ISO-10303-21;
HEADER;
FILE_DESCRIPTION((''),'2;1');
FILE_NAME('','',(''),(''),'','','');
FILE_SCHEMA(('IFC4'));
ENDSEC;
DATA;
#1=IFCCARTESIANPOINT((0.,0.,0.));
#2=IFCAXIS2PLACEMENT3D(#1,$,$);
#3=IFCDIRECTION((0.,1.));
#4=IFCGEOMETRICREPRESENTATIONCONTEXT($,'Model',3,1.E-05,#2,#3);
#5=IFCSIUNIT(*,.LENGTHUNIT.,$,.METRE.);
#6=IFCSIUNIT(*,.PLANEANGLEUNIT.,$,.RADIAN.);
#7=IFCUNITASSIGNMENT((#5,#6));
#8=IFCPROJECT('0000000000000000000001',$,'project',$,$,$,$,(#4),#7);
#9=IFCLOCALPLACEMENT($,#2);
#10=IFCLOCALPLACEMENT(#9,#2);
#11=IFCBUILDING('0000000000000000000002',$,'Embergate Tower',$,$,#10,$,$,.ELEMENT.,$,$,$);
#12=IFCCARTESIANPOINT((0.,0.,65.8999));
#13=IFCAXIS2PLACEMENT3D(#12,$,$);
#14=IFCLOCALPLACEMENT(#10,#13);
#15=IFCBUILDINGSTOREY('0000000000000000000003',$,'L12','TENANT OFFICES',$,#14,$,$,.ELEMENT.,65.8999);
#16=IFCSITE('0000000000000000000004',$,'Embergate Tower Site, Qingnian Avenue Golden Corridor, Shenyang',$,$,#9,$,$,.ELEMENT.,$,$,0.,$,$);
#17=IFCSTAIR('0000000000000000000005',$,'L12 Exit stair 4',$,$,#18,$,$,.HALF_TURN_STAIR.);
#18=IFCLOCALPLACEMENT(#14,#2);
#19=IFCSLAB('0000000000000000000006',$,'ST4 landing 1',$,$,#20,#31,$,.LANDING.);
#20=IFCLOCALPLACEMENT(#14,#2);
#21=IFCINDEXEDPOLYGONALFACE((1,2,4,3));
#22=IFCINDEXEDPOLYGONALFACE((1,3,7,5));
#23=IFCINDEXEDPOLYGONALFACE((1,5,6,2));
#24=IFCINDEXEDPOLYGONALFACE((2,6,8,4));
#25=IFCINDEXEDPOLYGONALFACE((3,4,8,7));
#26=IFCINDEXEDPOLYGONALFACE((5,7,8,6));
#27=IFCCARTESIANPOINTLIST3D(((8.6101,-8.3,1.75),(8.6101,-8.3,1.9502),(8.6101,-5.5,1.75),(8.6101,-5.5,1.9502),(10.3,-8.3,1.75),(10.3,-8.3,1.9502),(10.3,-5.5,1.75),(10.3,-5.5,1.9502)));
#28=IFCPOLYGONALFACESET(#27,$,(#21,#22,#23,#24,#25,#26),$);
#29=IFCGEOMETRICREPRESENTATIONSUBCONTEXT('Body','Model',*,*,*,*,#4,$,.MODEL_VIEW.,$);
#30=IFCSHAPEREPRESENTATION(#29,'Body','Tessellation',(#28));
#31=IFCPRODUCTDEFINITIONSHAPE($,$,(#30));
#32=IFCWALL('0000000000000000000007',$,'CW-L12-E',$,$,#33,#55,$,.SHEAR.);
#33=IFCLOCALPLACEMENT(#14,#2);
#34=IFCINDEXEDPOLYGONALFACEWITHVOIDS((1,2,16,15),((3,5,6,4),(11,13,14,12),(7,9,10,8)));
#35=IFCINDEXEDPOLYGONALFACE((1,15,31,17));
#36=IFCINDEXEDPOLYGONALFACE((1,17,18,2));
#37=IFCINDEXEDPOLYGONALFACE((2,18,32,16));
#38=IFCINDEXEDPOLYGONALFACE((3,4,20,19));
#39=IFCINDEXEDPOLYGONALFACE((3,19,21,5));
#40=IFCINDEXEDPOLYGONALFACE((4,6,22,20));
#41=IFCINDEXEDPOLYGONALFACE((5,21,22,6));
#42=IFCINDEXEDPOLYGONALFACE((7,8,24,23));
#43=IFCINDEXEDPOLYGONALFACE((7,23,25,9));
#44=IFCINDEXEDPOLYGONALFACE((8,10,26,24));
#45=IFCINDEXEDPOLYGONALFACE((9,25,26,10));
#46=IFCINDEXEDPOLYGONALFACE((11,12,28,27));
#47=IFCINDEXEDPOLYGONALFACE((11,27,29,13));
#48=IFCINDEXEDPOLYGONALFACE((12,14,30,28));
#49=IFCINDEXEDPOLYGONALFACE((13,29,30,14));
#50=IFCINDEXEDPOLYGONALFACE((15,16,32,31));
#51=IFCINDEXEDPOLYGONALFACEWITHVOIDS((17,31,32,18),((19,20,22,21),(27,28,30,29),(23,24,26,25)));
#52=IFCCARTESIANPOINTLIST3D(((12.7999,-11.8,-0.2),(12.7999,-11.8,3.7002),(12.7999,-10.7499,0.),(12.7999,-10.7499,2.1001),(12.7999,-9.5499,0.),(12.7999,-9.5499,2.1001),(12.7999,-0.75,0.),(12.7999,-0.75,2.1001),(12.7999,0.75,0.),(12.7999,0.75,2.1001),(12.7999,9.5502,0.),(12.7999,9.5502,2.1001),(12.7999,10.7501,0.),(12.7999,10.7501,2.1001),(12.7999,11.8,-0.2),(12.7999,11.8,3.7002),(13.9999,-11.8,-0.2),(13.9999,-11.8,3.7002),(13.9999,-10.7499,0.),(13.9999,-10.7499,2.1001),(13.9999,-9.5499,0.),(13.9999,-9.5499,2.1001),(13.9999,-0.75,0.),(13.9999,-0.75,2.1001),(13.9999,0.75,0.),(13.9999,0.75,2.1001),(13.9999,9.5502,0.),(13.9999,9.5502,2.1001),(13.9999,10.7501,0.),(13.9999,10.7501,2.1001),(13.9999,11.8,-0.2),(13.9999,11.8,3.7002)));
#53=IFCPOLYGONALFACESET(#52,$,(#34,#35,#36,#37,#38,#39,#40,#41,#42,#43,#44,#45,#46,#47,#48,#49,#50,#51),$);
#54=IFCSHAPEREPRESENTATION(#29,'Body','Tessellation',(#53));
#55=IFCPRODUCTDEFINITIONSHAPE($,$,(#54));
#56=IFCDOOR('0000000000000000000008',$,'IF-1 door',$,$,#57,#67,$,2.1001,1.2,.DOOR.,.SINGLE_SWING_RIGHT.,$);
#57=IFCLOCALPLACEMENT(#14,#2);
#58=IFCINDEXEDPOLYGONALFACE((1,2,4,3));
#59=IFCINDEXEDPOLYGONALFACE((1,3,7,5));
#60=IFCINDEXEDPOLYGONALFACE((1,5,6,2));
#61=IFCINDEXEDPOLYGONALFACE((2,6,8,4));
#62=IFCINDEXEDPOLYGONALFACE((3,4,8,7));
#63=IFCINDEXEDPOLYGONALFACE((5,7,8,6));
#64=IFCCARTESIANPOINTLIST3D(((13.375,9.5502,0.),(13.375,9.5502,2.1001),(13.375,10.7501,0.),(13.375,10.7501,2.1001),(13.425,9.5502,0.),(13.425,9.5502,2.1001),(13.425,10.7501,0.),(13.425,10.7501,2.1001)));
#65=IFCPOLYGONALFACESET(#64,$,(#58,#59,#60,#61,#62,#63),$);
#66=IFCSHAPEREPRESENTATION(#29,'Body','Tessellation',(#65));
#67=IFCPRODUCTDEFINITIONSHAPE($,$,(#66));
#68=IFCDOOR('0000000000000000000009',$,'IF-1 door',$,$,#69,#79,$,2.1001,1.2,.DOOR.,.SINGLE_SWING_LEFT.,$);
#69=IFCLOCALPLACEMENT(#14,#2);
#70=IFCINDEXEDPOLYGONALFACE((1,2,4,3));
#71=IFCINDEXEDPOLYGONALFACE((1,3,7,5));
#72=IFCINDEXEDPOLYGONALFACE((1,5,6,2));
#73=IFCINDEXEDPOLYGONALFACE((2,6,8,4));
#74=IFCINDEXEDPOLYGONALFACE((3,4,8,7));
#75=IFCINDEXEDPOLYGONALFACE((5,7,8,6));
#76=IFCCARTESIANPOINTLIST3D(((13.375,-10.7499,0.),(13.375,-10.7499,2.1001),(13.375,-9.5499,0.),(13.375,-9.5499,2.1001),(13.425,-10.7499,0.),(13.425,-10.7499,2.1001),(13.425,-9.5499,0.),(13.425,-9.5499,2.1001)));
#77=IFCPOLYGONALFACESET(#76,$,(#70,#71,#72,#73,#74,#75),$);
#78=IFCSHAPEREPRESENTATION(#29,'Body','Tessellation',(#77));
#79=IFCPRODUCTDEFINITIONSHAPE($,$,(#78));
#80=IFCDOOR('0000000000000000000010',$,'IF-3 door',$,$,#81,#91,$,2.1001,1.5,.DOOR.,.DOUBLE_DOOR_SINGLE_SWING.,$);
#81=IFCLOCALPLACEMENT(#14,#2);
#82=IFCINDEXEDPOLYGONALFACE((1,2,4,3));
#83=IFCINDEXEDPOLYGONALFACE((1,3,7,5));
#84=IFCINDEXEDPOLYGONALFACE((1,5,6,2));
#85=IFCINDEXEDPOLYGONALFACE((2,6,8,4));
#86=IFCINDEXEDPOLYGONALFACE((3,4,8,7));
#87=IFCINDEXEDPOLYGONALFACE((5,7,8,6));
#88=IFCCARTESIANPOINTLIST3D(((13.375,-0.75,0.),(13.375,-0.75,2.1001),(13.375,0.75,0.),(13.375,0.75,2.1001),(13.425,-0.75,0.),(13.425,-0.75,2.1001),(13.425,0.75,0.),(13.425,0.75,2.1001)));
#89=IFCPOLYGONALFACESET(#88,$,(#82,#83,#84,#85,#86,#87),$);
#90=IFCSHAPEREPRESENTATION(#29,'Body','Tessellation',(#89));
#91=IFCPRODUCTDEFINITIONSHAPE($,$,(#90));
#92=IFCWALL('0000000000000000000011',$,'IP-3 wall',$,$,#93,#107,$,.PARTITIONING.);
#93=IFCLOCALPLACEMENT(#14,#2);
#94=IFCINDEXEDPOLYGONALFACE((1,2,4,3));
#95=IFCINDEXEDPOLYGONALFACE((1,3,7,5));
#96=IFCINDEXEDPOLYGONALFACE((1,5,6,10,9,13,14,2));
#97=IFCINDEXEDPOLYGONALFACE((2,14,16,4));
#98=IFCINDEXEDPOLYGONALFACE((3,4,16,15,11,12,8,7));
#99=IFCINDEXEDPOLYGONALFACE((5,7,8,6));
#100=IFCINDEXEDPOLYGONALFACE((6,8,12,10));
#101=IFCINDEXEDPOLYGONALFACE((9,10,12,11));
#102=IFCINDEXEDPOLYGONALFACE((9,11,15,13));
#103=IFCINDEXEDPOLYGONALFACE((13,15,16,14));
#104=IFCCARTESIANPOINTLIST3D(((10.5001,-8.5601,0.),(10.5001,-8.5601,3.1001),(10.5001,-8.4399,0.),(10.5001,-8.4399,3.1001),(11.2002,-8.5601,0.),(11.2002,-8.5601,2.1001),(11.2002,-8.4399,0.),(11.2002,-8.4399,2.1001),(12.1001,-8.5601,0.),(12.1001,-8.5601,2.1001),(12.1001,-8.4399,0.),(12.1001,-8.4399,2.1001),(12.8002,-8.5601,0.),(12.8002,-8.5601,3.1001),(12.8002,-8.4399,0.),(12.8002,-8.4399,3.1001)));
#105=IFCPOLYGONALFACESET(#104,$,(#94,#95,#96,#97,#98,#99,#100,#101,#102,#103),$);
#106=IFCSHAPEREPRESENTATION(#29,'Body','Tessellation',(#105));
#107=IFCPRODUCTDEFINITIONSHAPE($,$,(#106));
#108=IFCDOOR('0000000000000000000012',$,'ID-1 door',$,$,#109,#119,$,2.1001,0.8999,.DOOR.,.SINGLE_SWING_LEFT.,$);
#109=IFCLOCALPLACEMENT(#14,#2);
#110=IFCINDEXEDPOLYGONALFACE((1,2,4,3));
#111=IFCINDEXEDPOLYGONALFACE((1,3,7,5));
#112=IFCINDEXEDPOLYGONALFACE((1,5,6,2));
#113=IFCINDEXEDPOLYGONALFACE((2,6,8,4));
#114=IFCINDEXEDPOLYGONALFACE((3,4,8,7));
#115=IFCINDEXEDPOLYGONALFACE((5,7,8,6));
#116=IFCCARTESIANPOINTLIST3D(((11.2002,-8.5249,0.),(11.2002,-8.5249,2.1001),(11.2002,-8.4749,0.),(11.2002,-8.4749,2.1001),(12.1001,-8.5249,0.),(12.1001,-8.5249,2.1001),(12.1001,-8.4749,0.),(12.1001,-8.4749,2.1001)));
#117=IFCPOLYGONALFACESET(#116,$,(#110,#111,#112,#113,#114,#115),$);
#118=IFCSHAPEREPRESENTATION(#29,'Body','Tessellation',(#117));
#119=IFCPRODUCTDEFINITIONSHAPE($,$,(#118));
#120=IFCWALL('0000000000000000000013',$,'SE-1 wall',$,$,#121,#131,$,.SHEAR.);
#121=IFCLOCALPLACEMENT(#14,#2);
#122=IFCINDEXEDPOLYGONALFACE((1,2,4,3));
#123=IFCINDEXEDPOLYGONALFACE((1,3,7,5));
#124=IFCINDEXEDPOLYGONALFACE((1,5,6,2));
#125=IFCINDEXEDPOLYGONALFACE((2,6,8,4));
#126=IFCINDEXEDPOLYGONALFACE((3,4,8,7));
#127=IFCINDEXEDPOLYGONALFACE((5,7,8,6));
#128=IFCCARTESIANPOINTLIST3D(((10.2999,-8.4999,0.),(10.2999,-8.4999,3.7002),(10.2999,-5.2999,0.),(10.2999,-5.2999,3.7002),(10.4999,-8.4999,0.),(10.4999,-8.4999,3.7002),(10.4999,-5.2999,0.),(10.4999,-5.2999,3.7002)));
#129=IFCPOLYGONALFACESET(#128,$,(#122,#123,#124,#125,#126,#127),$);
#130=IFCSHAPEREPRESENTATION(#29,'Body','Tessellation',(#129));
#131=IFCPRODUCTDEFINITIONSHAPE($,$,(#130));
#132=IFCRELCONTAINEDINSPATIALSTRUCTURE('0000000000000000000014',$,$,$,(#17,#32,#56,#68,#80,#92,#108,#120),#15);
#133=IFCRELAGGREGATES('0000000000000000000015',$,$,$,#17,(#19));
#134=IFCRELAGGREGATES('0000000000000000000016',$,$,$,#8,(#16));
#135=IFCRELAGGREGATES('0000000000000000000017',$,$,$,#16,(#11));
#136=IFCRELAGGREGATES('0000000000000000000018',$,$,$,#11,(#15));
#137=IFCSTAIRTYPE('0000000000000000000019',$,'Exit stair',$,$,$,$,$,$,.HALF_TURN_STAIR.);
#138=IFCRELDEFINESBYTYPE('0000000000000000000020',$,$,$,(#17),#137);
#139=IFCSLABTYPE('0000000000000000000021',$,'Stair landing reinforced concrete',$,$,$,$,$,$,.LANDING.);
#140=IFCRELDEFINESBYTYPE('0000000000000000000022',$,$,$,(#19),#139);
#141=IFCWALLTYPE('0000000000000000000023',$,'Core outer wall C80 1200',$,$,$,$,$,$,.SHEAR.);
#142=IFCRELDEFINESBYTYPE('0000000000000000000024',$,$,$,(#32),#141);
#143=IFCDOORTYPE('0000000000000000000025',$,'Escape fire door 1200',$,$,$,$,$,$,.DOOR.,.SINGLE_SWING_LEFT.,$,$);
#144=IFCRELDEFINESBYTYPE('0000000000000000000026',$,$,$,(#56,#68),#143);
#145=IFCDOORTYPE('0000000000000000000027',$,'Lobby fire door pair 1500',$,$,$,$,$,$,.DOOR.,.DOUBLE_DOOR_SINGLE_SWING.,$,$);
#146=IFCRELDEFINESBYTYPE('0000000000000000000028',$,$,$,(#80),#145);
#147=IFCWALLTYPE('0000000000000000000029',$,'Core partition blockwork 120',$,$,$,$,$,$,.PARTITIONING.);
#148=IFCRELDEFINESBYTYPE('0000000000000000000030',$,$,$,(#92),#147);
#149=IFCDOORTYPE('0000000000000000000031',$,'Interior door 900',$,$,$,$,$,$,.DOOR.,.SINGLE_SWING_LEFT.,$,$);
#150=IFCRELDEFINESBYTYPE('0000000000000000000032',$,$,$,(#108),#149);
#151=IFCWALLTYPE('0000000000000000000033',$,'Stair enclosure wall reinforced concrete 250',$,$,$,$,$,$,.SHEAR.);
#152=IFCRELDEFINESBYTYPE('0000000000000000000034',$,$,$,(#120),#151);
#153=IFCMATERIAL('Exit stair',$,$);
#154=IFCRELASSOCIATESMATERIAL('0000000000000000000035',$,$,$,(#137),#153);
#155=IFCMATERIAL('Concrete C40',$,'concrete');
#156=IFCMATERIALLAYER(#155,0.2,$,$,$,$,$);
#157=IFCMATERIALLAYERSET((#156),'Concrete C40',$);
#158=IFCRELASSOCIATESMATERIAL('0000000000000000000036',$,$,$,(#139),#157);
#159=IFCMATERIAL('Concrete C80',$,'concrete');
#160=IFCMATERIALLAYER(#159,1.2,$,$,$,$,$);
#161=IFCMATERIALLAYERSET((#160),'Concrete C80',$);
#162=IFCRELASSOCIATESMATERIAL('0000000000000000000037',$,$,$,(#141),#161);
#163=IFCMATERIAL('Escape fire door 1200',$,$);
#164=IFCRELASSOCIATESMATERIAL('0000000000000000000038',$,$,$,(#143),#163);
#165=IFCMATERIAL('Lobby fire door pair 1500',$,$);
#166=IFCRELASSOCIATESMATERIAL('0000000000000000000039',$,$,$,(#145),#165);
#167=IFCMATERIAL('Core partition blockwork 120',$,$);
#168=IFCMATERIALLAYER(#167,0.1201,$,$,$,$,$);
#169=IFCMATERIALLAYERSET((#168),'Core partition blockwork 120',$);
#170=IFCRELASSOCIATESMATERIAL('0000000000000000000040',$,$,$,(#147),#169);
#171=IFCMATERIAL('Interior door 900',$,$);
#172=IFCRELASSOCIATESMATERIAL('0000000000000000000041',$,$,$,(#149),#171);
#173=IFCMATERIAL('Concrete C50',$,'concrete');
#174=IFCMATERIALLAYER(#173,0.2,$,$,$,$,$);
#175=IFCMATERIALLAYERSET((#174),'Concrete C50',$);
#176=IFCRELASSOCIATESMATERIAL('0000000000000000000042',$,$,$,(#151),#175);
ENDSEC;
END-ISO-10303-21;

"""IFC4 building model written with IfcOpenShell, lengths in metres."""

from ifc_helpers import new_model, si_unit, direction, frame, frame_2d, origin, place, context, subcontext, project, spatial, polyline, rectangle, outline, extrude, source, transform, mapped, material, layer, layer_set, type_object, element, fill, aggregate, save


model = new_model("IFC4")

# Units and contexts
model_context = context("Model", 3, precision=1e-05, world=origin(), true_north=direction((0.0, 1.0)))
body_context = subcontext(model_context, "Body", "Model", "MODEL_VIEW")
ifc_project = project(units=[si_unit("LENGTHUNIT", "METRE"), si_unit("PLANEANGLEUNIT", "RADIAN")], contexts=[model_context])

# Site, building, storey
site_placement = place(None, origin())
site = spatial("IfcSite", under=ifc_project, at=site_placement, Name="Embergate Tower Site, Qingnian Avenue Golden Corridor, Shenyang", CompositionType="ELEMENT", RefElevation=0.0)
building_placement = place(site_placement, origin())
building = spatial("IfcBuilding", under=site, at=building_placement, Name="Embergate Tower", CompositionType="ELEMENT")
storey_placement = place(building_placement, frame((0.0, 0.0, 65.8999)))
storey = spatial("IfcBuildingStorey", under=building, at=storey_placement, Name="L12", Description="TENANT OFFICES", CompositionType="ELEMENT", Elevation=65.8999)

# Stair, slab
ifc_material_1 = material(Name="Exit stair")
stair_type = type_object("IfcStairType", Name="Exit stair", PredefinedType="HALF_TURN_STAIR", material=ifc_material_1)
stair_placement = place(storey_placement, origin())
stair = element("IfcStair", 1, at=stair_placement, inside=storey, type_object=stair_type, Name="L12 Exit stair 4", PredefinedType="HALF_TURN_STAIR")
ifc_material_2 = material(Name="Concrete C40", Category="concrete")
ifc_layer_1 = layer(ifc_material_2, 0.2)
ifc_layer_set_1 = layer_set([ifc_layer_1], Name="Concrete C40")
slab_type = type_object("IfcSlabType", Name="Stair landing reinforced concrete", PredefinedType="LANDING", material=ifc_layer_set_1)
shared_shape_1 = source(origin(), body_context, "Body", "SweptSolid", [
    extrude(outline(polyline([(0.0, 0.0), (1.6899, 0.0), (1.6899, 2.8), (0.0, 2.8), (0.0, 0.0)])), origin(), (0.0, 0.0, 1.0), 0.2002),
])
slab_placement = place(storey_placement, frame((8.6101, -8.3, 1.75)))
slab = element("IfcSlab", 2, at=slab_placement, type_object=slab_type, Name="ST4 landing 1", PredefinedType="LANDING", context=body_context, shape_type="MappedRepresentation", body=[
    mapped(shared_shape_1, transform((0.0, 0.0, 0.0))),
])
aggregate(stair, [slab])

# Wall, openings, doors
ifc_material_3 = material(Name="Concrete C80", Category="concrete")
ifc_layer_2 = layer(ifc_material_3, 1.2)
ifc_layer_set_2 = layer_set([ifc_layer_2], Name="Concrete C80")
wall_type_1 = type_object("IfcWallType", Name="Core outer wall C80 1200", PredefinedType="SHEAR", material=ifc_layer_set_2)
shared_shape_2 = source(origin(), body_context, "Body", "SweptSolid", [
    extrude(rectangle(XDim=23.6001, YDim=1.2, at=frame_2d((11.8, 0.0))), origin(), (0.0, 0.0, 1.0), 3.9001),
])
wall_1_placement = place(storey_placement, frame((13.3999, -11.8, -0.2), z_axis=(0.0, 0.0, 1.0), x_axis=(0.0, 1.0, 0.0)))
wall_1 = element("IfcWall", 3, at=wall_1_placement, inside=storey, type_object=wall_type_1, Name="CW-L12-E", PredefinedType="SHEAR", context=body_context, shape_type="MappedRepresentation", body=[
    mapped(shared_shape_2, transform((0.0, 0.0, 0.0))),
])
shared_shape_3 = source(origin(), body_context, "Body", "SweptSolid", [
    extrude(rectangle(XDim=1.2, YDim=2.1001, at=frame_2d((0.6001, 1.05))), frame((0.0, 0.6099, 0.0), z_axis=(0.0, -1.0, 0.0), x_axis=(1.0, 0.0, 0.0)), (0.0, 0.0, 1.0), 1.22),
])
opening_1_placement = place(wall_1_placement, frame((21.3501, 0.0, 0.2)))
opening_1 = element("IfcOpeningElement", 4, at=opening_1_placement, cuts=wall_1, PredefinedType="OPENING", context=body_context, shape_type="MappedRepresentation", body=[
    mapped(shared_shape_3, transform((0.0, 0.0, 0.0))),
])
opening_2_placement = place(wall_1_placement, frame((1.05, 0.0, 0.2)))
opening_2 = element("IfcOpeningElement", 5, at=opening_2_placement, cuts=wall_1, PredefinedType="OPENING", context=body_context, shape_type="MappedRepresentation", body=[
    mapped(shared_shape_3, transform((0.0, 0.0, 0.0))),
])
shared_shape_4 = source(origin(), body_context, "Body", "SweptSolid", [
    extrude(rectangle(XDim=1.5, YDim=2.1001, at=frame_2d((0.75, 1.05))), frame((0.0, 0.6099, 0.0), z_axis=(0.0, -1.0, 0.0), x_axis=(1.0, 0.0, 0.0)), (0.0, 0.0, 1.0), 1.22),
])
opening_3_placement = place(wall_1_placement, frame((11.05, 0.0, 0.2)))
opening_3 = element("IfcOpeningElement", 6, at=opening_3_placement, cuts=wall_1, PredefinedType="OPENING", context=body_context, shape_type="MappedRepresentation", body=[
    mapped(shared_shape_4, transform((0.0, 0.0, 0.0))),
])
ifc_material_4 = material(Name="Escape fire door 1200")
door_type_1 = type_object("IfcDoorType", Name="Escape fire door 1200", OperationType="SINGLE_SWING_LEFT", PredefinedType="DOOR", material=ifc_material_4)
shared_shape_5 = source(origin(), body_context, "Body", "SweptSolid", [
    extrude(rectangle(XDim=1.2, YDim=2.1001, at=frame_2d((0.6001, 1.05))), frame((0.0, 0.0249, 0.0), z_axis=(0.0, -1.0, 0.0), x_axis=(1.0, 0.0, 0.0)), (0.0, 0.0, 1.0), 0.05),
])
door_1_placement = place(opening_1_placement, origin())
door_1 = element("IfcDoor", 7, at=door_1_placement, inside=storey, type_object=door_type_1, Name="IF-1 door", OperationType="SINGLE_SWING_RIGHT", OverallHeight=2.1001, OverallWidth=1.2, PredefinedType="DOOR", context=body_context, shape_type="MappedRepresentation", body=[
    mapped(shared_shape_5, transform((0.0, 0.0, 0.0))),
])
fill(opening_1, door_1)
door_2_placement = place(opening_2_placement, origin())
door_2 = element("IfcDoor", 8, at=door_2_placement, inside=storey, type_object=door_type_1, Name="IF-1 door", OperationType="SINGLE_SWING_LEFT", OverallHeight=2.1001, OverallWidth=1.2, PredefinedType="DOOR", context=body_context, shape_type="MappedRepresentation", body=[
    mapped(shared_shape_5, transform((0.0, 0.0, 0.0))),
])
fill(opening_2, door_2)
ifc_material_5 = material(Name="Lobby fire door pair 1500")
door_type_2 = type_object("IfcDoorType", Name="Lobby fire door pair 1500", OperationType="DOUBLE_DOOR_SINGLE_SWING", PredefinedType="DOOR", material=ifc_material_5)
shared_shape_6 = source(origin(), body_context, "Body", "SweptSolid", [
    extrude(rectangle(XDim=1.5, YDim=2.1001, at=frame_2d((0.75, 1.05))), frame((0.0, 0.0249, 0.0), z_axis=(0.0, -1.0, 0.0), x_axis=(1.0, 0.0, 0.0)), (0.0, 0.0, 1.0), 0.05),
])
door_3_placement = place(opening_3_placement, origin())
door_3 = element("IfcDoor", 9, at=door_3_placement, inside=storey, type_object=door_type_2, Name="IF-3 door", OperationType="DOUBLE_DOOR_SINGLE_SWING", OverallHeight=2.1001, OverallWidth=1.5, PredefinedType="DOOR", context=body_context, shape_type="MappedRepresentation", body=[
    mapped(shared_shape_6, transform((0.0, 0.0, 0.0))),
])
fill(opening_3, door_3)

# Wall, opening, door
ifc_material_6 = material(Name="Core partition blockwork 120")
ifc_layer_3 = layer(ifc_material_6, 0.1201)
ifc_layer_set_3 = layer_set([ifc_layer_3], Name="Core partition blockwork 120")
wall_type_2 = type_object("IfcWallType", Name="Core partition blockwork 120", PredefinedType="PARTITIONING", material=ifc_layer_set_3)
shared_shape_7 = source(origin(), body_context, "Body", "SweptSolid", [
    extrude(rectangle(XDim=2.3, YDim=0.1201, at=frame_2d((1.1499, 0.0))), origin(), (0.0, 0.0, 1.0), 3.1001),
])
wall_2_placement = place(storey_placement, frame((12.8, -8.5, 0.0), z_axis=(0.0, 0.0, 1.0), x_axis=(-1.0, 0.0, 0.0)))
wall_2 = element("IfcWall", 10, at=wall_2_placement, inside=storey, type_object=wall_type_2, Name="IP-3 wall", PredefinedType="PARTITIONING", context=body_context, shape_type="MappedRepresentation", body=[
    mapped(shared_shape_7, transform((0.0, 0.0, 0.0))),
])
shared_shape_8 = source(origin(), body_context, "Body", "SweptSolid", [
    extrude(rectangle(XDim=0.8999, YDim=2.1001, at=frame_2d((0.45, 1.05))), frame((0.0, 0.0701, 0.0), z_axis=(0.0, -1.0, 0.0), x_axis=(1.0, 0.0, 0.0)), (0.0, 0.0, 1.0), 0.1401),
])
opening_4_placement = place(wall_2_placement, frame((0.7, 0.0, 0.0)))
opening_4 = element("IfcOpeningElement", 11, at=opening_4_placement, cuts=wall_2, PredefinedType="OPENING", context=body_context, shape_type="MappedRepresentation", body=[
    mapped(shared_shape_8, transform((0.0, 0.0, 0.0))),
])
ifc_material_7 = material(Name="Interior door 900")
door_type_3 = type_object("IfcDoorType", Name="Interior door 900", OperationType="SINGLE_SWING_LEFT", PredefinedType="DOOR", material=ifc_material_7)
shared_shape_9 = source(origin(), body_context, "Body", "SweptSolid", [
    extrude(rectangle(XDim=0.8999, YDim=2.1001, at=frame_2d((0.45, 1.05))), frame((0.0, 0.0249, 0.0), z_axis=(0.0, -1.0, 0.0), x_axis=(1.0, 0.0, 0.0)), (0.0, 0.0, 1.0), 0.05),
])
door_4_placement = place(opening_4_placement, origin())
door_4 = element("IfcDoor", 12, at=door_4_placement, inside=storey, type_object=door_type_3, Name="ID-1 door", OperationType="SINGLE_SWING_LEFT", OverallHeight=2.1001, OverallWidth=0.8999, PredefinedType="DOOR", context=body_context, shape_type="MappedRepresentation", body=[
    mapped(shared_shape_9, transform((0.0, 0.0, 0.0))),
])
fill(opening_4, door_4)

# Wall
ifc_material_8 = material(Name="Concrete C50", Category="concrete")
ifc_layer_4 = layer(ifc_material_8, 0.2)
ifc_layer_set_4 = layer_set([ifc_layer_4], Name="Concrete C50")
wall_type_3 = type_object("IfcWallType", Name="Stair enclosure wall reinforced concrete 250", PredefinedType="SHEAR", material=ifc_layer_set_4)
shared_shape_10 = source(origin(), body_context, "Body", "SweptSolid", [
    extrude(rectangle(XDim=3.2, YDim=0.2, at=frame_2d((1.6001, 0.0))), origin(), (0.0, 0.0, 1.0), 3.7002),
])
wall_3_placement = place(storey_placement, frame((10.3999, -8.5, 0.0), z_axis=(0.0, 0.0, 1.0), x_axis=(0.0, 1.0, 0.0)))
element("IfcWall", 13, at=wall_3_placement, inside=storey, type_object=wall_type_3, Name="SE-1 wall", PredefinedType="SHEAR", context=body_context, shape_type="MappedRepresentation", body=[
    mapped(shared_shape_10, transform((0.0, 0.0, 0.0))),
])

save(model, "model.ifc")
